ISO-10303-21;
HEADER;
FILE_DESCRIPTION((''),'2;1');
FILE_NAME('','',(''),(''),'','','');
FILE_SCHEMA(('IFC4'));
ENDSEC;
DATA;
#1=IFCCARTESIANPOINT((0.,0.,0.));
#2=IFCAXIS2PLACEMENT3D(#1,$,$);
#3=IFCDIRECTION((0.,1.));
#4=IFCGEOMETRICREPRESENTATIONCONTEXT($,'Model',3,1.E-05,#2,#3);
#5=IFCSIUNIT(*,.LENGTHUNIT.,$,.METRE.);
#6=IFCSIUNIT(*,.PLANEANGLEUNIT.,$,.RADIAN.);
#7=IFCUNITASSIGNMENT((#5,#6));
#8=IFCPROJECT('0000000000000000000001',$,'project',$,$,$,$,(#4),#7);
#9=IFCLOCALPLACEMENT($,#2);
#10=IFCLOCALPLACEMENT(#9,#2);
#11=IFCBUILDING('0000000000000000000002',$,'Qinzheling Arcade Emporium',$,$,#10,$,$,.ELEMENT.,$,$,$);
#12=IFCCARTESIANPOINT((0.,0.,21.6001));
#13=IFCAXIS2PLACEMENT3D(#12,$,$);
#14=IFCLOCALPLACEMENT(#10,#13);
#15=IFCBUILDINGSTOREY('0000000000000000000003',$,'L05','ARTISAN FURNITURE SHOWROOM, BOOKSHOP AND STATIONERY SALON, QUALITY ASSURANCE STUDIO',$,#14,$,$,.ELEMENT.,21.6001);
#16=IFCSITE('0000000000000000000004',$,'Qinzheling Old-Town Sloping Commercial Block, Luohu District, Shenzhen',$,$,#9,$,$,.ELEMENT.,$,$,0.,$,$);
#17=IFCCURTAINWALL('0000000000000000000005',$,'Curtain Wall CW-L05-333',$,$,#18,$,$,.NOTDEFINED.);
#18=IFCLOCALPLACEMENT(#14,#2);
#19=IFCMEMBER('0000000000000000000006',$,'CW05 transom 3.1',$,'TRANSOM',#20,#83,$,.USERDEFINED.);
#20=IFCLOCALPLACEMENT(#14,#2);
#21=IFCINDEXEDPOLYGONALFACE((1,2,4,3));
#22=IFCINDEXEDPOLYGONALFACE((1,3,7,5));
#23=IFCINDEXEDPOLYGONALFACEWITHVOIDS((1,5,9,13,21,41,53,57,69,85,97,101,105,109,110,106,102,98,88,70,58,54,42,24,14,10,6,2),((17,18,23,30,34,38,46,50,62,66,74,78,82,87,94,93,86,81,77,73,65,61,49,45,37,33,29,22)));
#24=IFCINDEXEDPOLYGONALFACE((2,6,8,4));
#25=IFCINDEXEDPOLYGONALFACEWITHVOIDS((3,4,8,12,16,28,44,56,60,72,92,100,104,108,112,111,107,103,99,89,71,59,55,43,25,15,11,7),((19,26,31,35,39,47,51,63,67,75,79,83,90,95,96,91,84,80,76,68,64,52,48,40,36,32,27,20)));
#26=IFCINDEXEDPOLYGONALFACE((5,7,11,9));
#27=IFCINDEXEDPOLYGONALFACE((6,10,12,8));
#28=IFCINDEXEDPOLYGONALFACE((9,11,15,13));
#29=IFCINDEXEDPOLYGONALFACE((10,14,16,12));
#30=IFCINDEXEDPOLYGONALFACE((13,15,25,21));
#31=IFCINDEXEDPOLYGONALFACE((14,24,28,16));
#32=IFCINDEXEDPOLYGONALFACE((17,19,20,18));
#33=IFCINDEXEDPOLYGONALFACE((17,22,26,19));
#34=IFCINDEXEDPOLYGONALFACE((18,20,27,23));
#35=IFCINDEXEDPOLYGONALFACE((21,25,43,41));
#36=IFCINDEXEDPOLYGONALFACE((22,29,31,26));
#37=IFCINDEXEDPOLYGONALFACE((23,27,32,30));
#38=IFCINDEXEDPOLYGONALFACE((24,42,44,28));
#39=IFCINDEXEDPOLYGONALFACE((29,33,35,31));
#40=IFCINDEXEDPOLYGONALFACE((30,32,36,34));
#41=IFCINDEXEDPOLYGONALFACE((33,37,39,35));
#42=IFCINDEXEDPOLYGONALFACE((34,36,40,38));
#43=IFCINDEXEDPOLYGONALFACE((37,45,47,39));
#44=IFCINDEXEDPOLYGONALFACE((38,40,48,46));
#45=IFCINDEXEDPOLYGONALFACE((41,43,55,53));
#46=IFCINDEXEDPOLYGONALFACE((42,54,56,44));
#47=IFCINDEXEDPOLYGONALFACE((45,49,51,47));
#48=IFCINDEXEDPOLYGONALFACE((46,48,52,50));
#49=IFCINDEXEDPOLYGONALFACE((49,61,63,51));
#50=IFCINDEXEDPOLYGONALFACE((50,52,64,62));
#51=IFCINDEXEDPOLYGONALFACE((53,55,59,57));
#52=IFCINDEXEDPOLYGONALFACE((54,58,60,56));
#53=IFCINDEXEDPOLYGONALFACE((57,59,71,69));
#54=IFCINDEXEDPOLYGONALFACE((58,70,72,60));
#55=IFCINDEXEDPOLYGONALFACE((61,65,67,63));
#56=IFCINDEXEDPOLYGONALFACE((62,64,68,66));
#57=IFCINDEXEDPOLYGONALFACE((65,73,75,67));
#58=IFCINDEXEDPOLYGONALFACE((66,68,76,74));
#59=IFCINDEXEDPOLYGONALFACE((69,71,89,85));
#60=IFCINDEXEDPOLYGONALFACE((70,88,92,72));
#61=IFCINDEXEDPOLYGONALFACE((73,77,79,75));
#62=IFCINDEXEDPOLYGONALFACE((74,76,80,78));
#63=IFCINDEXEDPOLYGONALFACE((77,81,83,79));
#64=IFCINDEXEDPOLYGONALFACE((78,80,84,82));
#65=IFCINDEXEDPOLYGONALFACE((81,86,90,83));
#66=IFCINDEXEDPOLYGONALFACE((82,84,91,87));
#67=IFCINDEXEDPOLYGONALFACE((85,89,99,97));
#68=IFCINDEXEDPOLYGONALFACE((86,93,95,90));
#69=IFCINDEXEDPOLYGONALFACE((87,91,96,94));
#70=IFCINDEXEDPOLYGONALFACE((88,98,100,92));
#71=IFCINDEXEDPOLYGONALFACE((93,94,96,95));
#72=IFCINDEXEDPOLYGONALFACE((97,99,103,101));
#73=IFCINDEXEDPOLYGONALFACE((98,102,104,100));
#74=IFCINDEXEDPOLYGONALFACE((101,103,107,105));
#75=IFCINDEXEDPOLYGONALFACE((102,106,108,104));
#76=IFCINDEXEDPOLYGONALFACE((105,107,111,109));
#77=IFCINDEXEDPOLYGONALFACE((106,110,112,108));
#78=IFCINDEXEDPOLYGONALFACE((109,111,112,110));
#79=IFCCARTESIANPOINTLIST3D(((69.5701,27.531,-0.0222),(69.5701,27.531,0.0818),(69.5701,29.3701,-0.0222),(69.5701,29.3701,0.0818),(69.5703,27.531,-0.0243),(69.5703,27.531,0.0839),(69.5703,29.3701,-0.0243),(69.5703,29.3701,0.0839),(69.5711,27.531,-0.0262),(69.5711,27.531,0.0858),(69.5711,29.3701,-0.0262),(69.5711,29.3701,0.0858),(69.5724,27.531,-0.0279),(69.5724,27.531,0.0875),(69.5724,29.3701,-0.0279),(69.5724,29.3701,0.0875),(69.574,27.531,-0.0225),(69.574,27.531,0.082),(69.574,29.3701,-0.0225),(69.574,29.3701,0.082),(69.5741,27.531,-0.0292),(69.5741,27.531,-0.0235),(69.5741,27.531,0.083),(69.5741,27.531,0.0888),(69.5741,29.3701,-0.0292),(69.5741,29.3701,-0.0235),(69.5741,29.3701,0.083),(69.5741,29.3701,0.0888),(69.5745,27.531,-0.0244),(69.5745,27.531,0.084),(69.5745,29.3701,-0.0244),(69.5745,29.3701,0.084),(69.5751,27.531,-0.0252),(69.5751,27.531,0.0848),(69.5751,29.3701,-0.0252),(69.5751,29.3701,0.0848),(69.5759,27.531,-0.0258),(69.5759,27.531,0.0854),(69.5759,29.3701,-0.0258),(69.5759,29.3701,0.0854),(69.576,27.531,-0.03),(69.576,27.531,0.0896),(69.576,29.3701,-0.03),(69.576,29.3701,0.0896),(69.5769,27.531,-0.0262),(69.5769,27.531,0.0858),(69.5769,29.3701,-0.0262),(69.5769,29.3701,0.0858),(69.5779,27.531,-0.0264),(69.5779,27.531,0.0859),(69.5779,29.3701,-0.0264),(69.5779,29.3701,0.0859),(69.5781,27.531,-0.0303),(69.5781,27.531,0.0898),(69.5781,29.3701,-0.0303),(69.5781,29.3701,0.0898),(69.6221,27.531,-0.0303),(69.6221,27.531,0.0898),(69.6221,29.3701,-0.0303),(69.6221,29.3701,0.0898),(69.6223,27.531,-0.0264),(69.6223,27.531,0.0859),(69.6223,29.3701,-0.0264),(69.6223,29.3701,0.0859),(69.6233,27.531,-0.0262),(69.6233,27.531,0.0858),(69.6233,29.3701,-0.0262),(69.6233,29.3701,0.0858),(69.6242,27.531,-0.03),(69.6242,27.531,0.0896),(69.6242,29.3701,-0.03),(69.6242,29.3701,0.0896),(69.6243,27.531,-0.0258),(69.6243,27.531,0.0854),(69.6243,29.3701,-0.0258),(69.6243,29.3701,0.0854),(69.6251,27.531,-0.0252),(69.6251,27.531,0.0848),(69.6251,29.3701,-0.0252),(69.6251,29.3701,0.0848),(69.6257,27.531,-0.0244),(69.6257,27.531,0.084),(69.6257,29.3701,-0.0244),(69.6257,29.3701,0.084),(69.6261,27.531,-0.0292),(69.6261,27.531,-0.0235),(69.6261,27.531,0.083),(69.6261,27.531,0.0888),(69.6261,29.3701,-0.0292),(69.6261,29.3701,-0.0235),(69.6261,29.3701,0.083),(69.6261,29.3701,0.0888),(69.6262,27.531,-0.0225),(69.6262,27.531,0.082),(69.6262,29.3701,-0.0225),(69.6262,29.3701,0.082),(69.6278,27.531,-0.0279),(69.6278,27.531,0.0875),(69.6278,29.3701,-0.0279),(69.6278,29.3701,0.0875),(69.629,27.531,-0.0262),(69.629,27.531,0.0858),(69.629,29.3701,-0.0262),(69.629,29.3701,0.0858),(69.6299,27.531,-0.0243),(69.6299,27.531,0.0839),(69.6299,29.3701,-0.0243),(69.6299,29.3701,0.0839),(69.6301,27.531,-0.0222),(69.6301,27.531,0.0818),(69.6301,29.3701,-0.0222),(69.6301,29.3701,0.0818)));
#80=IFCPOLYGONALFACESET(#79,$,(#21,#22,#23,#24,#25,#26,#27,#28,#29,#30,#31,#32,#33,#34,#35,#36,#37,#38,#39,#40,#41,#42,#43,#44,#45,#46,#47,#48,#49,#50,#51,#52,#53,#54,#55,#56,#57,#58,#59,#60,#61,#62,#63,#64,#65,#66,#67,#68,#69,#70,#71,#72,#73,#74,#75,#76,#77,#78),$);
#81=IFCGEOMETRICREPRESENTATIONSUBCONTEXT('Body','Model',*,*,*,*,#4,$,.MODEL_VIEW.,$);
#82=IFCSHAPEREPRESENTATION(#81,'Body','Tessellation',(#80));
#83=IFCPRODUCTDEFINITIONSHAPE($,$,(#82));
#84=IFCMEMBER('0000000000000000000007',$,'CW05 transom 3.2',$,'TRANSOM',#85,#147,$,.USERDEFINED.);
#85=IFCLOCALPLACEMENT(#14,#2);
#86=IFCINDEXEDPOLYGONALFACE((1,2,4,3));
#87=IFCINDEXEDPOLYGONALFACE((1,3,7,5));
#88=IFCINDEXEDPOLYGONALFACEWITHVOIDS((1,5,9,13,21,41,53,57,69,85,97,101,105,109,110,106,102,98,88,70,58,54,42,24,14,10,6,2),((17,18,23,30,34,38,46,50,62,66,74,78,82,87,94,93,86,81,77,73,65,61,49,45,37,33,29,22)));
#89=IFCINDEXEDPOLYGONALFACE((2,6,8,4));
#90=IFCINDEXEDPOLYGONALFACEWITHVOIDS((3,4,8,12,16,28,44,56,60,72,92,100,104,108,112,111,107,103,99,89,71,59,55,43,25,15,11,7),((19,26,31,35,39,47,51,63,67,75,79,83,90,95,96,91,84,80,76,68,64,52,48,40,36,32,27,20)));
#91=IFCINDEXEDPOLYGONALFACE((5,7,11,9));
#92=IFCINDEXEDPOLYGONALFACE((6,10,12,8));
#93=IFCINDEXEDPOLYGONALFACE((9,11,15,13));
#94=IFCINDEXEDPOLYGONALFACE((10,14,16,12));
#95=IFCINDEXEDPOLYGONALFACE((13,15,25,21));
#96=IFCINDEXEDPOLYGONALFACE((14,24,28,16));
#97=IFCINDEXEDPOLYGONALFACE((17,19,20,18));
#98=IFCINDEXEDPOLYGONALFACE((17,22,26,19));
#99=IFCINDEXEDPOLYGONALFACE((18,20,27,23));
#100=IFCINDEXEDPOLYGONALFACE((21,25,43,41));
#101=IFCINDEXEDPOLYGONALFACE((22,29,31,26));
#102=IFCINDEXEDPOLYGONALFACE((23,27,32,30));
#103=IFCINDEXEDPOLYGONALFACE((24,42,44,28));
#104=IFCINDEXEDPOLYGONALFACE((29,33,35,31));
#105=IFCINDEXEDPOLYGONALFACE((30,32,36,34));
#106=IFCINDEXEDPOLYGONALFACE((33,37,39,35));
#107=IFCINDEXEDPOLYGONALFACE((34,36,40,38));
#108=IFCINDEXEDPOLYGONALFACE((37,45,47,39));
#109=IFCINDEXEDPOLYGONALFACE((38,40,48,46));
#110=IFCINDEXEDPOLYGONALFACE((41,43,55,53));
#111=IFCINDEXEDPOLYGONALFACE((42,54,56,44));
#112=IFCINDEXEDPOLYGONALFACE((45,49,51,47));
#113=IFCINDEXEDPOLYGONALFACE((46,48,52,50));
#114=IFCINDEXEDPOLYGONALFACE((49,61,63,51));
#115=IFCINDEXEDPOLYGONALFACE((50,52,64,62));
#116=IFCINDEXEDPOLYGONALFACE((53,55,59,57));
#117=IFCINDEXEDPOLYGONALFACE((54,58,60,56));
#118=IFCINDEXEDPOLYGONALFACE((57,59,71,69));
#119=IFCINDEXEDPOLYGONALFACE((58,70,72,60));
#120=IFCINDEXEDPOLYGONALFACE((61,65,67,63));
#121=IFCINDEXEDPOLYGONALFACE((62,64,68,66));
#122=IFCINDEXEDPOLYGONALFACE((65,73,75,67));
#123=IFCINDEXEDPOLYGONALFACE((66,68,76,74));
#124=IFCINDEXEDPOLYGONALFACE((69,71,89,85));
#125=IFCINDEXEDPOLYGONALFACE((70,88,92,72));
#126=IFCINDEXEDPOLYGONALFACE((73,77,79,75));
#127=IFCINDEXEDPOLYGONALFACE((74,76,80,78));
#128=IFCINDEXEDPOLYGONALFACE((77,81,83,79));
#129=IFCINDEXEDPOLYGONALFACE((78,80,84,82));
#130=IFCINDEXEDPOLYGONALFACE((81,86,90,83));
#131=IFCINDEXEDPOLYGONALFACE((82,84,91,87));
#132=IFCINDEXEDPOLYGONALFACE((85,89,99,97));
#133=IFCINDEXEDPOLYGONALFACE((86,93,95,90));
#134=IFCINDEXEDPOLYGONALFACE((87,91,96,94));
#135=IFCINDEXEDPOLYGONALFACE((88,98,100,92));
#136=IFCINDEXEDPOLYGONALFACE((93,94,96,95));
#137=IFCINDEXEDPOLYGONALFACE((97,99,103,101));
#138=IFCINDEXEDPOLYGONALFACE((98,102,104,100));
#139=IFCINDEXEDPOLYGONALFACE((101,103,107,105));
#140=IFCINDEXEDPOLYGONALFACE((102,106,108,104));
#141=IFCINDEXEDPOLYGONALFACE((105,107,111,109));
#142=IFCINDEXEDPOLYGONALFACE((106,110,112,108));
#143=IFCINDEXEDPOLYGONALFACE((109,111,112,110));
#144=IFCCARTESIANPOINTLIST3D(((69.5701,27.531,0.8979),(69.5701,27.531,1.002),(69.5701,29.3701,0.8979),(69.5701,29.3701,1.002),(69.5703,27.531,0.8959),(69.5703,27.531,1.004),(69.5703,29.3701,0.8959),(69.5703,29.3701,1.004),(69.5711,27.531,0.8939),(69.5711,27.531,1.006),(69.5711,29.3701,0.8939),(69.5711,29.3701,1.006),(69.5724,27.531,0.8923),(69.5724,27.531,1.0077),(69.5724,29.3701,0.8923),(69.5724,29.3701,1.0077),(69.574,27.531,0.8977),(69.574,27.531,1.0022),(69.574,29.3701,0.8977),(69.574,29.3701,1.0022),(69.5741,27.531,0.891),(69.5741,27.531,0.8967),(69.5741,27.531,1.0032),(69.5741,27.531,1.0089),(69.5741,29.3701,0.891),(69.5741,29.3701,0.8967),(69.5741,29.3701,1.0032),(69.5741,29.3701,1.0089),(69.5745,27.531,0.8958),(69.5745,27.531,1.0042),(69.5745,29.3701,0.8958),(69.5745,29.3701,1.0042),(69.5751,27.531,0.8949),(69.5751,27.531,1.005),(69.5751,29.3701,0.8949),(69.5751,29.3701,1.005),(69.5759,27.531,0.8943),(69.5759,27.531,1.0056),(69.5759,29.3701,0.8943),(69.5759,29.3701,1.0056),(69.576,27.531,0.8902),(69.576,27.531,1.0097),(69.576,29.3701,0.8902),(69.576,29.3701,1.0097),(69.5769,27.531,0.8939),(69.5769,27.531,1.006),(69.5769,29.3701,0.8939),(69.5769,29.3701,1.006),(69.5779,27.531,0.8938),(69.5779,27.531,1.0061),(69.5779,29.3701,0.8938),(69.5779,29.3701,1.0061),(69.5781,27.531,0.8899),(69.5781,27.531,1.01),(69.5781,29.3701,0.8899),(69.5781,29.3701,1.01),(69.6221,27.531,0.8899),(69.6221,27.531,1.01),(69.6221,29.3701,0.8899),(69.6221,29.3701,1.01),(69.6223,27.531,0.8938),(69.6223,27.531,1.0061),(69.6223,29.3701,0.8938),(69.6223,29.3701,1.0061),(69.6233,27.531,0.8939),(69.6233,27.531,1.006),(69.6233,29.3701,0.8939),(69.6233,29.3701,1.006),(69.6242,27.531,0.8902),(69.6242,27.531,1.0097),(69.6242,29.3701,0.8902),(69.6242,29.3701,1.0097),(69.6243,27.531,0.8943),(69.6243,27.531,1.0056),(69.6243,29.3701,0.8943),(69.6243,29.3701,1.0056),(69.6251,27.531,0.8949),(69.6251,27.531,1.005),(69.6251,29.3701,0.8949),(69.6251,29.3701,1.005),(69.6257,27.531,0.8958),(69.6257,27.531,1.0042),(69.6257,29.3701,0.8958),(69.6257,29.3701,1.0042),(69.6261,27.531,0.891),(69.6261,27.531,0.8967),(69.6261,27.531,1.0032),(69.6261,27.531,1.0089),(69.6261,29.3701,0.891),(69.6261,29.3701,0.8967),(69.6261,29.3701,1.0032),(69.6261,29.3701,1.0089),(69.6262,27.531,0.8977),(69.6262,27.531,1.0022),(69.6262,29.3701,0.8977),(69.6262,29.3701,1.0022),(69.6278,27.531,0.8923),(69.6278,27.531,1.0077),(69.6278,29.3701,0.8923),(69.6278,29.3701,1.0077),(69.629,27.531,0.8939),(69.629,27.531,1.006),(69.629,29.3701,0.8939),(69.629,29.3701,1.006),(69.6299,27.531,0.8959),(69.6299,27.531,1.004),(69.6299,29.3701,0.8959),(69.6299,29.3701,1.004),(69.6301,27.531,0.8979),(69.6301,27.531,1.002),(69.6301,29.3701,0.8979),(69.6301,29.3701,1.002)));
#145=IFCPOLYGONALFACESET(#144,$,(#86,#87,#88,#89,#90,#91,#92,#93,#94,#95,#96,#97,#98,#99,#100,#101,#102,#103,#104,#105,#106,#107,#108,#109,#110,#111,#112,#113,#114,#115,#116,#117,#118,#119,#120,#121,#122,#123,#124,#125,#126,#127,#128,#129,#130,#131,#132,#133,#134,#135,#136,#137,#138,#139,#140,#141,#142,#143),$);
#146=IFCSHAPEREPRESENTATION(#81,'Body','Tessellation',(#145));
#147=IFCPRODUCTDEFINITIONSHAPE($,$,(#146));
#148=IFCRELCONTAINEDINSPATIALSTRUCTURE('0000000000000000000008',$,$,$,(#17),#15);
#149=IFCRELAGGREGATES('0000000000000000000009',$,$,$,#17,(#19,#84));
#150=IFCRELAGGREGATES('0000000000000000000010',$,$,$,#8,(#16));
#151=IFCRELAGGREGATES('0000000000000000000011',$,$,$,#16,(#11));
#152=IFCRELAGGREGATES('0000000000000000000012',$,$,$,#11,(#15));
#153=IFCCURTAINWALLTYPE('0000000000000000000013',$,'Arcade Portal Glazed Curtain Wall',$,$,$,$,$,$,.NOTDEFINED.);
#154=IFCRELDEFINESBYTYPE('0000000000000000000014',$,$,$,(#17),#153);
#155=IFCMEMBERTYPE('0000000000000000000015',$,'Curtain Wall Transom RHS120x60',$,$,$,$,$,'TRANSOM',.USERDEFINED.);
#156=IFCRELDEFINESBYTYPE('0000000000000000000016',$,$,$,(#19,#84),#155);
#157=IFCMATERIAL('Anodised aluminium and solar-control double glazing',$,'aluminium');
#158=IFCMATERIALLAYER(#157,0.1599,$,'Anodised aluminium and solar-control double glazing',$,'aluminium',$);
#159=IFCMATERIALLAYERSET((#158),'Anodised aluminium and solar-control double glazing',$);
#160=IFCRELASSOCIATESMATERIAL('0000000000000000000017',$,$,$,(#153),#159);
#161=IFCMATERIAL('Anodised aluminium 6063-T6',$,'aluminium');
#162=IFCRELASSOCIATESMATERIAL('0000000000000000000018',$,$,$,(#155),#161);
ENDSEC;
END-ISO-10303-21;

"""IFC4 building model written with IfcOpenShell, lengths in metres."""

from ifc_helpers import new_model, si_unit, direction, frame, origin, origin_2d, place, context, subcontext, project, spatial, hollow_rectangle, extrude, material, layer, layer_set, material_profile, profile_set, type_object, element, aggregate, save


model = new_model("IFC4")

# Units and contexts
model_context = context("Model", 3, precision=1e-05, world=origin(), true_north=direction((0.0, 1.0)))
body_context = subcontext(model_context, "Body", "Model", "MODEL_VIEW")
ifc_project = project(units=[si_unit("LENGTHUNIT", "METRE"), si_unit("PLANEANGLEUNIT", "RADIAN")], contexts=[model_context])

# Site, building, storey
site_placement = place(None, origin())
site = spatial("IfcSite", under=ifc_project, at=site_placement, Name="Qinzheling Old-Town Sloping Commercial Block, Luohu District, Shenzhen", CompositionType="ELEMENT", RefElevation=0.0)
building_placement = place(site_placement, origin())
building = spatial("IfcBuilding", under=site, at=building_placement, Name="Qinzheling Arcade Emporium", CompositionType="ELEMENT")
storey_placement = place(building_placement, frame((0.0, 0.0, 21.6001)))
storey = spatial("IfcBuildingStorey", under=building, at=storey_placement, Name="L05", Description="ARTISAN FURNITURE SHOWROOM, BOOKSHOP AND STATIONERY SALON, QUALITY ASSURANCE STUDIO", CompositionType="ELEMENT", Elevation=21.6001)

# Curtain wall, members
ifc_material_1 = material(Name="Anodised aluminium and solar-control double glazing", Category="aluminium")
ifc_layer_1 = layer(ifc_material_1, 0.1599, Name="Anodised aluminium and solar-control double glazing", Category="aluminium")
ifc_layer_set_1 = layer_set([ifc_layer_1], Name="Anodised aluminium and solar-control double glazing")
curtain_wall_type = type_object("IfcCurtainWallType", Name="Arcade Portal Glazed Curtain Wall", PredefinedType="NOTDEFINED", material=ifc_layer_set_1)
curtain_wall_placement = place(storey_placement, origin())
curtain_wall = element("IfcCurtainWall", 1, at=curtain_wall_placement, inside=storey, type_object=curtain_wall_type, Name="Curtain Wall CW-L05-333", PredefinedType="NOTDEFINED")
ifc_material_2 = material(Name="Anodised aluminium 6063-T6", Category="aluminium")
ifc_material_profile_1 = material_profile(ifc_material_2, hollow_rectangle(XDim=0.0601, YDim=0.1201, WallThickness=0.0039, InnerFilletRadius=0.0039, OuterFilletRadius=0.0081, at=origin_2d()), Name="RHS 120x60x4", Category="aluminium")
ifc_profile_set_1 = profile_set([ifc_material_profile_1], Name="Anodised aluminium 6063-T6")
member_type_1 = type_object("IfcMemberType", Name="Curtain Wall Transom RHS120x60", ElementType="TRANSOM", PredefinedType="USERDEFINED", material=ifc_profile_set_1)
member_1_placement = place(storey_placement, frame((69.6001, 29.3701, 0.0298), z_axis=(0.0, -1.0, 0.0), x_axis=(1.0, 0.0, 0.0)))
member_1 = element("IfcMember", 2, at=member_1_placement, type_object=member_type_1, Name="CW05 transom 3.1", ObjectType="TRANSOM", PredefinedType="USERDEFINED", context=body_context, shape_type="SweptSolid", body=[
    extrude(hollow_rectangle(XDim=0.0601, YDim=0.1201, WallThickness=0.0039, InnerFilletRadius=0.0039, OuterFilletRadius=0.0081, at=origin_2d()), origin(), (0.0, 0.0, 1.0), 1.8391),
])
member_2_placement = place(storey_placement, frame((69.6001, 29.3701, 0.95), z_axis=(0.0, -1.0, 0.0), x_axis=(1.0, 0.0, 0.0)))
member_2 = element("IfcMember", 3, at=member_2_placement, type_object=member_type_1, Name="CW05 transom 3.2", ObjectType="TRANSOM", PredefinedType="USERDEFINED", context=body_context, shape_type="SweptSolid", body=[
    extrude(hollow_rectangle(XDim=0.0601, YDim=0.1201, WallThickness=0.0039, InnerFilletRadius=0.0039, OuterFilletRadius=0.0081, at=origin_2d()), origin(), (0.0, 0.0, 1.0), 1.8391),
])

aggregate(curtain_wall, [member_1, member_2])

save(model, "model.ifc")
